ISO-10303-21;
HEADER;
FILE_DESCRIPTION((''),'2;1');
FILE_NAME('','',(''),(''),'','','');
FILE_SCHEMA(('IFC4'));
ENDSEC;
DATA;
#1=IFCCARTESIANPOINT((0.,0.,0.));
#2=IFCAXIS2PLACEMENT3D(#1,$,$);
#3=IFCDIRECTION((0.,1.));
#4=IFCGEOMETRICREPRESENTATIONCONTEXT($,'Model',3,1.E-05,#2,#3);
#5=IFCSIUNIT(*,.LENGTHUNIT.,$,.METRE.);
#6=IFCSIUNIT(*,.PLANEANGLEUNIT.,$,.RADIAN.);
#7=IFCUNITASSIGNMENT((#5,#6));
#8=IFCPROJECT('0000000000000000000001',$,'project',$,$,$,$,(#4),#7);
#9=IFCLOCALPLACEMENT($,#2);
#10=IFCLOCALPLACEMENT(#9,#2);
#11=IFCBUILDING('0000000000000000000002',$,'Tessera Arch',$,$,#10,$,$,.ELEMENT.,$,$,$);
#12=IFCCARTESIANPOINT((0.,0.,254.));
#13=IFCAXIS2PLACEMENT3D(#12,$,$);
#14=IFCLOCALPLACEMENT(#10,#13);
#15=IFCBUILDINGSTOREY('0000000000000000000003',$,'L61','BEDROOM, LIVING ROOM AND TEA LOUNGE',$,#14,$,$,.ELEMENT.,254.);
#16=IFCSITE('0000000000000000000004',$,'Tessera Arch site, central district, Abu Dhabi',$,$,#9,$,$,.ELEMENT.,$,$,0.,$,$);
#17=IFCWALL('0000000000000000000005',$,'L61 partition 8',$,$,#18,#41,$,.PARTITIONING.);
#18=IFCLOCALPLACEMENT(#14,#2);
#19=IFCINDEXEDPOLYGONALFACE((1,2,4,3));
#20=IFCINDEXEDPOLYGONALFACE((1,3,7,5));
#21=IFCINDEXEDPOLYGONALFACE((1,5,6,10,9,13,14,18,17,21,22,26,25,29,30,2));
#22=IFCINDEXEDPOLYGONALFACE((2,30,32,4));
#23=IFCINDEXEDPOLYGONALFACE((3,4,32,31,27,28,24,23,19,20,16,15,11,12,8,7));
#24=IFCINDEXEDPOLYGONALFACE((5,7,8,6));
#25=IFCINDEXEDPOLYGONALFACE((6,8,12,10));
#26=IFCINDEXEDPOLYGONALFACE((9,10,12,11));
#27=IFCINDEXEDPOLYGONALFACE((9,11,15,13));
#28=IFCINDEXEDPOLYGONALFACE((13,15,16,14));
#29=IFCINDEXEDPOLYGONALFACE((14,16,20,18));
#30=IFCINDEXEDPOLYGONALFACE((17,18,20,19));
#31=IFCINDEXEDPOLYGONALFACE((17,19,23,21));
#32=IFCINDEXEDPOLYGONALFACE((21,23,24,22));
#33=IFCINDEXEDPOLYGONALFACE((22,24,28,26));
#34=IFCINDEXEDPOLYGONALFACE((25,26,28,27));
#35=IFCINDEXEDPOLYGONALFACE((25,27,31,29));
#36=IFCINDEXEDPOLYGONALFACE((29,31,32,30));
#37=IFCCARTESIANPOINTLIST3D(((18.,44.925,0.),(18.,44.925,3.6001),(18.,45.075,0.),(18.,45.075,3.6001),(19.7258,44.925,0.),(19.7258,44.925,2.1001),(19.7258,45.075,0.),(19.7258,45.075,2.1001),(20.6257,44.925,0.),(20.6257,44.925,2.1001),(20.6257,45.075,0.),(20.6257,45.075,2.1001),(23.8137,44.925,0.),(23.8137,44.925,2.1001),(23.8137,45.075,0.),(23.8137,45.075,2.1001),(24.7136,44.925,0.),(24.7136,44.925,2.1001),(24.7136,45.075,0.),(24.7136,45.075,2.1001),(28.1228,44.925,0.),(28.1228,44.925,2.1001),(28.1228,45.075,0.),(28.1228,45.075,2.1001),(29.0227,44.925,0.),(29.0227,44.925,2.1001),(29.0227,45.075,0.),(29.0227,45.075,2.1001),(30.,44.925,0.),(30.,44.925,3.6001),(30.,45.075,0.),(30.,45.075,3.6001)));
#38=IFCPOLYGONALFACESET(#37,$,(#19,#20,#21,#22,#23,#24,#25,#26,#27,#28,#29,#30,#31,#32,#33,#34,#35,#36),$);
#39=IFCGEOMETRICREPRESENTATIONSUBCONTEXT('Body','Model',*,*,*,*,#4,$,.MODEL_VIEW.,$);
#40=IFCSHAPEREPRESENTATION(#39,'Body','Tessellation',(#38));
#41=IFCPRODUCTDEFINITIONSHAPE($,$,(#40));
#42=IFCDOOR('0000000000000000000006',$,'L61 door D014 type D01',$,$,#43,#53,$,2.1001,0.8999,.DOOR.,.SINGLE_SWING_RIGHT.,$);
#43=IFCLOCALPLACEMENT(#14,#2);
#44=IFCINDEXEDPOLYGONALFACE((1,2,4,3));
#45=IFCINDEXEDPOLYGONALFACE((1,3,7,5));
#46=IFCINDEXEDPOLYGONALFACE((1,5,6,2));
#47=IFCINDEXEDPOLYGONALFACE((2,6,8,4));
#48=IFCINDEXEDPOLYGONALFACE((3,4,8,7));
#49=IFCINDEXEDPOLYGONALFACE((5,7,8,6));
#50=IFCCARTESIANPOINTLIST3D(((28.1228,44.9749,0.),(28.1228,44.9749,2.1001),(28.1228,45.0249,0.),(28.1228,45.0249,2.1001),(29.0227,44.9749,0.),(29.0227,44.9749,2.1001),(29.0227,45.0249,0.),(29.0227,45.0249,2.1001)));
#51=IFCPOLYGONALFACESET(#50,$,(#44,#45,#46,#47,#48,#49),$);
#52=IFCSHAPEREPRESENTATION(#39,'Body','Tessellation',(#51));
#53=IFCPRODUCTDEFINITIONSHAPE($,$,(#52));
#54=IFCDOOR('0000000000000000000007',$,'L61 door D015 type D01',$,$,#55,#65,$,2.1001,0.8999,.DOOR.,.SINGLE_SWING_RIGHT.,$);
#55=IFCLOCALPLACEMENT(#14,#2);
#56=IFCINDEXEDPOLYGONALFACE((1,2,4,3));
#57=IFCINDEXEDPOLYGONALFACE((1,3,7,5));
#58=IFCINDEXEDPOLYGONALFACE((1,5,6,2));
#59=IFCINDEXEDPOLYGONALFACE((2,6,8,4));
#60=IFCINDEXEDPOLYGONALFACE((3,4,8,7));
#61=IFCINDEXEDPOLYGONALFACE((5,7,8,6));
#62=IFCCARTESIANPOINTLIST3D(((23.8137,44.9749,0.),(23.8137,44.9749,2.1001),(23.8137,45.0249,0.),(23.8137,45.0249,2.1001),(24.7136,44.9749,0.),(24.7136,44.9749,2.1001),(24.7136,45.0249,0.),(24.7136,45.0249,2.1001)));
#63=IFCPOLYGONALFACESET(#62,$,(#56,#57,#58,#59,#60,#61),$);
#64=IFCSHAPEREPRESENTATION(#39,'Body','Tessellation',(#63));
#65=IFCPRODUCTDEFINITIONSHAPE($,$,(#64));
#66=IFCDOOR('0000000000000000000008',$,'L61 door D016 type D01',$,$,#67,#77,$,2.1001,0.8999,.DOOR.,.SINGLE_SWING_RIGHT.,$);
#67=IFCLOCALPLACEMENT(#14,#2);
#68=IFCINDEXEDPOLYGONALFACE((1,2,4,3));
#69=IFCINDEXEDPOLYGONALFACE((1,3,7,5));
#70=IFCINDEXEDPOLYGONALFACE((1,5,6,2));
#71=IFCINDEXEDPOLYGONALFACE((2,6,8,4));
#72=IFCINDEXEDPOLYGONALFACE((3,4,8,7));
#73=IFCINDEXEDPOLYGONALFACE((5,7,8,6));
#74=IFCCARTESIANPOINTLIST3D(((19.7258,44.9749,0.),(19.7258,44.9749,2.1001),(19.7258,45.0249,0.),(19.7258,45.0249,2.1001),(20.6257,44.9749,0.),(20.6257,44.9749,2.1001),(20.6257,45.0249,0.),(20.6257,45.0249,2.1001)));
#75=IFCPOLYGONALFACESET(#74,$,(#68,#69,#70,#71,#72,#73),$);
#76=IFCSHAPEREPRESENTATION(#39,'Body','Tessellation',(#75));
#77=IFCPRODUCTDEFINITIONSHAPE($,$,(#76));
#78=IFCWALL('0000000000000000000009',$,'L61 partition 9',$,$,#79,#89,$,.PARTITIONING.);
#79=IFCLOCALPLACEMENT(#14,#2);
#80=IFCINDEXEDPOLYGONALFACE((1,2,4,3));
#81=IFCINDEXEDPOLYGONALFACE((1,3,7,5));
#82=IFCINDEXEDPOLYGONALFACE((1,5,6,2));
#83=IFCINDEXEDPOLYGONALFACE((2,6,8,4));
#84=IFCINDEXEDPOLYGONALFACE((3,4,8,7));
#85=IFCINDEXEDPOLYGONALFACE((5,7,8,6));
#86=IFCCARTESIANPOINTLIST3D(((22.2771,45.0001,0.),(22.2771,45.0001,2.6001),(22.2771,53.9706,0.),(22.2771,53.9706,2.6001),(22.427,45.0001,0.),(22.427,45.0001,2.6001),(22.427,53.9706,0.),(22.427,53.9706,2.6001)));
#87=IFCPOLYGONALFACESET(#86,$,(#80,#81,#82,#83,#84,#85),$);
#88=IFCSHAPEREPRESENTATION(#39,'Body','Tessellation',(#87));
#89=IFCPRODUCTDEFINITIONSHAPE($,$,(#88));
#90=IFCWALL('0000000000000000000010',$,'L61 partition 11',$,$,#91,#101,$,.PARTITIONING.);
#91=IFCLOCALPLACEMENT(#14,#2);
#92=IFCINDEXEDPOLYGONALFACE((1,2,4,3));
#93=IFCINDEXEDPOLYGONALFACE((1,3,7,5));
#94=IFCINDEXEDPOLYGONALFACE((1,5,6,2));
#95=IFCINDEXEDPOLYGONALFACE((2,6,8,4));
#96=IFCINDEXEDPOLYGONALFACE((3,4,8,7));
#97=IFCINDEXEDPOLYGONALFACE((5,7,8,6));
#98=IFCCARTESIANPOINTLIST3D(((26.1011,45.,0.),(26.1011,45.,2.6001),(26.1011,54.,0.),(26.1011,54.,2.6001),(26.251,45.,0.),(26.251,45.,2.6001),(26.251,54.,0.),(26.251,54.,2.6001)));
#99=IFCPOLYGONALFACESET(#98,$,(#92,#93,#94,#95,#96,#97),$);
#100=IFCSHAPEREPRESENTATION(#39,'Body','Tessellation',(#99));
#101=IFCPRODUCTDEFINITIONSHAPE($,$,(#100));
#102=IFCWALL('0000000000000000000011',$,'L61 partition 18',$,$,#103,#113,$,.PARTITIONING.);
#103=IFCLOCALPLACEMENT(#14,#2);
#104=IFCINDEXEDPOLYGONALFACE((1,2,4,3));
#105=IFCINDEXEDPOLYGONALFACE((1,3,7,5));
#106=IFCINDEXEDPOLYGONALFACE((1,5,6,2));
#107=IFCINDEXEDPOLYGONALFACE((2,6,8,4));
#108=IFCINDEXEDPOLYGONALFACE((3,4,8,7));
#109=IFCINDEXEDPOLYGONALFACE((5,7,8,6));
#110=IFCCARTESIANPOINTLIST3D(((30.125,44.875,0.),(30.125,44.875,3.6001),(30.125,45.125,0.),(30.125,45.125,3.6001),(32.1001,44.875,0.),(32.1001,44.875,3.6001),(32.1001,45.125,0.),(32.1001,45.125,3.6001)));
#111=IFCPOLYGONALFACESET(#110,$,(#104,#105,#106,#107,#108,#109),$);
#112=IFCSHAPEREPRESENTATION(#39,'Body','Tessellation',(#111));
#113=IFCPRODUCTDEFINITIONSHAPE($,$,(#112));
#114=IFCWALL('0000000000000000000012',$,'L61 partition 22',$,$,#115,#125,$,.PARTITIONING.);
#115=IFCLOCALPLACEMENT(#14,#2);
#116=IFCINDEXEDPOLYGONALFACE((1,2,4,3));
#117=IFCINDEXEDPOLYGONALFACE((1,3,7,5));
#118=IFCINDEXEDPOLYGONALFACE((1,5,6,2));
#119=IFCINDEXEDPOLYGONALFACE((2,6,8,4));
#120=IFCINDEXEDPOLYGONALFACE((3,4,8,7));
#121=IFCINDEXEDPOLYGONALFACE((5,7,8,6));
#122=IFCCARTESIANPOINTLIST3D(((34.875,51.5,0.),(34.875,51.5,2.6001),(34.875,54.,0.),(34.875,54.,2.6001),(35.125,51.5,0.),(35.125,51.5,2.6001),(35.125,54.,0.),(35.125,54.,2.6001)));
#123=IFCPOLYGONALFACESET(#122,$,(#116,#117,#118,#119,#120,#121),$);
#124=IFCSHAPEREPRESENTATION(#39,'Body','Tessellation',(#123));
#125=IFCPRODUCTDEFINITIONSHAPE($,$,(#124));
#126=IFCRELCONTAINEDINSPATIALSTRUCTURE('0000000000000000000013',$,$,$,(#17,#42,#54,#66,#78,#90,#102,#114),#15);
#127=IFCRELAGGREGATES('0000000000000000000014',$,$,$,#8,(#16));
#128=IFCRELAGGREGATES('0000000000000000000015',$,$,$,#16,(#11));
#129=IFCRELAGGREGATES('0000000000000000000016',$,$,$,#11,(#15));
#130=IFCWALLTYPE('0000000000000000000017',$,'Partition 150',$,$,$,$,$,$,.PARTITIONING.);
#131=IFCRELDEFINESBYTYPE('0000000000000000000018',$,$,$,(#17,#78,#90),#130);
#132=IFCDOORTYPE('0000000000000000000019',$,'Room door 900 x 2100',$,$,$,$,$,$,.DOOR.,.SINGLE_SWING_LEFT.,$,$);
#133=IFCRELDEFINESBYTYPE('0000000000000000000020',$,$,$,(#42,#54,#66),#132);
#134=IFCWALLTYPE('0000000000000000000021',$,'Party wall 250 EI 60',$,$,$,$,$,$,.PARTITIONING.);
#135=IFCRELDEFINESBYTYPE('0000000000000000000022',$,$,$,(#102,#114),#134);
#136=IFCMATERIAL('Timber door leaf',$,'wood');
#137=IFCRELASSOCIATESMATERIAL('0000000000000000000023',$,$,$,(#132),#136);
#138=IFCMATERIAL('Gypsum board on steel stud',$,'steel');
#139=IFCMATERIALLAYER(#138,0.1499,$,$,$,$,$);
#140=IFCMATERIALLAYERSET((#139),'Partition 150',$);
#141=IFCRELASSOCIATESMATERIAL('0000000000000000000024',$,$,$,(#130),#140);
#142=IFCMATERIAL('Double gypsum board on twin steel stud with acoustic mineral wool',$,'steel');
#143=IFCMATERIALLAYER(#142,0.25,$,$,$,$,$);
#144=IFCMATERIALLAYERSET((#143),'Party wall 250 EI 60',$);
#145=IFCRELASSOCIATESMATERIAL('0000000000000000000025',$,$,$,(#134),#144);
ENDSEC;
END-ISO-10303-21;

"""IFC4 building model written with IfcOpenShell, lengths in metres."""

from ifc_helpers import new_model, si_unit, direction, frame, frame_2d, origin, place, context, subcontext, project, spatial, rectangle, extrude, material, layer, layer_set, type_object, element, fill, save


model = new_model("IFC4")

# Units and contexts
model_context = context("Model", 3, precision=1e-05, world=origin(), true_north=direction((0.0, 1.0)))
body_context = subcontext(model_context, "Body", "Model", "MODEL_VIEW")
ifc_project = project(units=[si_unit("LENGTHUNIT", "METRE"), si_unit("PLANEANGLEUNIT", "RADIAN")], contexts=[model_context])

# Site, building, storey
site_placement = place(None, origin())
site = spatial("IfcSite", under=ifc_project, at=site_placement, Name="Tessera Arch site, central district, Abu Dhabi", CompositionType="ELEMENT", RefElevation=0.0)
building_placement = place(site_placement, origin())
building = spatial("IfcBuilding", under=site, at=building_placement, Name="Tessera Arch", CompositionType="ELEMENT")
storey_placement = place(building_placement, frame((0.0, 0.0, 254.0)))
storey = spatial("IfcBuildingStorey", under=building, at=storey_placement, Name="L61", Description="BEDROOM, LIVING ROOM AND TEA LOUNGE", CompositionType="ELEMENT", Elevation=254.0)

# Shared definitions
ifc_material_1 = material(Name="Timber door leaf", Category="wood")
door_type_1 = type_object("IfcDoorType", Name="Room door 900 x 2100", OperationType="SINGLE_SWING_LEFT", PredefinedType="DOOR", material=ifc_material_1)

# Wall, openings, doors
ifc_material_2 = material(Name="Gypsum board on steel stud", Category="steel")
ifc_layer_1 = layer(ifc_material_2, 0.1499)
ifc_layer_set_1 = layer_set([ifc_layer_1], Name="Partition 150")
wall_type_1 = type_object("IfcWallType", Name="Partition 150", PredefinedType="PARTITIONING", material=ifc_layer_set_1)
wall_1_placement = place(storey_placement, frame((18.0, 45.0, 0.0), z_axis=(0.0, 0.0, 1.0), x_axis=(1.0, 0.0, 0.0)))
wall_1 = element("IfcWall", 1, at=wall_1_placement, inside=storey, type_object=wall_type_1, Name="L61 partition 8", PredefinedType="PARTITIONING", context=body_context, shape_type="SweptSolid", body=[
    extrude(rectangle(XDim=12.0, YDim=0.1499, at=frame_2d((6.0, 0.0))), origin(), (0.0, 0.0, 1.0), 3.6001),
])
opening_1_placement = place(wall_1_placement, frame((10.1228, 0.0, 0.0)))
opening_1 = element("IfcOpeningElement", 2, at=opening_1_placement, cuts=wall_1, PredefinedType="OPENING", context=body_context, shape_type="SweptSolid", body=[
    extrude(rectangle(XDim=0.8999, YDim=2.1001, at=frame_2d((0.45, 1.05))), frame((0.0, 0.085, 0.0), z_axis=(0.0, -1.0, 0.0), x_axis=(1.0, 0.0, 0.0)), (0.0, 0.0, 1.0), 0.1699),
])
opening_2_placement = place(wall_1_placement, frame((5.8137, 0.0, 0.0)))
opening_2 = element("IfcOpeningElement", 3, at=opening_2_placement, cuts=wall_1, PredefinedType="OPENING", context=body_context, shape_type="SweptSolid", body=[
    extrude(rectangle(XDim=0.8999, YDim=2.1001, at=frame_2d((0.45, 1.05))), frame((0.0, 0.085, 0.0), z_axis=(0.0, -1.0, 0.0), x_axis=(1.0, 0.0, 0.0)), (0.0, 0.0, 1.0), 0.1699),
])
opening_3_placement = place(wall_1_placement, frame((1.7258, 0.0, 0.0)))
opening_3 = element("IfcOpeningElement", 4, at=opening_3_placement, cuts=wall_1, PredefinedType="OPENING", context=body_context, shape_type="SweptSolid", body=[
    extrude(rectangle(XDim=0.8999, YDim=2.1001, at=frame_2d((0.45, 1.05))), frame((0.0, 0.085, 0.0), z_axis=(0.0, -1.0, 0.0), x_axis=(1.0, 0.0, 0.0)), (0.0, 0.0, 1.0), 0.1699),
])
door_1_placement = place(opening_1_placement, origin())
door_1 = element("IfcDoor", 5, at=door_1_placement, inside=storey, type_object=door_type_1, Name="L61 door D014 type D01", OperationType="SINGLE_SWING_RIGHT", OverallHeight=2.1001, OverallWidth=0.8999, PredefinedType="DOOR", context=body_context, shape_type="SweptSolid", body=[
    extrude(rectangle(XDim=0.8999, YDim=2.1001, at=frame_2d((0.45, 1.05))), frame((0.0, 0.0249, 0.0), z_axis=(0.0, -1.0, 0.0), x_axis=(1.0, 0.0, 0.0)), (0.0, 0.0, 1.0), 0.05),
])
fill(opening_1, door_1)
door_2_placement = place(opening_2_placement, origin())
door_2 = element("IfcDoor", 6, at=door_2_placement, inside=storey, type_object=door_type_1, Name="L61 door D015 type D01", OperationType="SINGLE_SWING_RIGHT", OverallHeight=2.1001, OverallWidth=0.8999, PredefinedType="DOOR", context=body_context, shape_type="SweptSolid", body=[
    extrude(rectangle(XDim=0.8999, YDim=2.1001, at=frame_2d((0.45, 1.05))), frame((0.0, 0.0249, 0.0), z_axis=(0.0, -1.0, 0.0), x_axis=(1.0, 0.0, 0.0)), (0.0, 0.0, 1.0), 0.05),
])
fill(opening_2, door_2)
door_3_placement = place(opening_3_placement, origin())
door_3 = element("IfcDoor", 7, at=door_3_placement, inside=storey, type_object=door_type_1, Name="L61 door D016 type D01", OperationType="SINGLE_SWING_RIGHT", OverallHeight=2.1001, OverallWidth=0.8999, PredefinedType="DOOR", context=body_context, shape_type="SweptSolid", body=[
    extrude(rectangle(XDim=0.8999, YDim=2.1001, at=frame_2d((0.45, 1.05))), frame((0.0, 0.0249, 0.0), z_axis=(0.0, -1.0, 0.0), x_axis=(1.0, 0.0, 0.0)), (0.0, 0.0, 1.0), 0.05),
])
fill(opening_3, door_3)

# Walls
wall_2_placement = place(storey_placement, frame((22.3521, 45.0, 0.0), z_axis=(0.0, 0.0, 1.0), x_axis=(0.0, 1.0, 0.0)))
element("IfcWall", 8, at=wall_2_placement, inside=storey, type_object=wall_type_1, Name="L61 partition 9", PredefinedType="PARTITIONING", context=body_context, shape_type="SweptSolid", body=[
    extrude(rectangle(XDim=8.9705, YDim=0.1499, at=frame_2d((4.4854, 0.0))), origin(), (0.0, 0.0, 1.0), 2.6001),
])
wall_3_placement = place(storey_placement, frame((26.176, 45.0, 0.0), z_axis=(0.0, 0.0, 1.0), x_axis=(0.0, 1.0, 0.0)))
element("IfcWall", 9, at=wall_3_placement, inside=storey, type_object=wall_type_1, Name="L61 partition 11", PredefinedType="PARTITIONING", context=body_context, shape_type="SweptSolid", body=[
    extrude(rectangle(XDim=9.0, YDim=0.1499, at=frame_2d((4.5, 0.0))), origin(), (0.0, 0.0, 1.0), 2.6001),
])
ifc_material_3 = material(Name="Double gypsum board on twin steel stud with acoustic mineral wool", Category="steel")
ifc_layer_2 = layer(ifc_material_3, 0.25)
ifc_layer_set_2 = layer_set([ifc_layer_2], Name="Party wall 250 EI 60")
wall_type_2 = type_object("IfcWallType", Name="Party wall 250 EI 60", PredefinedType="PARTITIONING", material=ifc_layer_set_2)
wall_4_placement = place(storey_placement, frame((30.125, 45.0, 0.0), z_axis=(0.0, 0.0, 1.0), x_axis=(1.0, 0.0, 0.0)))
element("IfcWall", 10, at=wall_4_placement, inside=storey, type_object=wall_type_2, Name="L61 partition 18", PredefinedType="PARTITIONING", context=body_context, shape_type="SweptSolid", body=[
    extrude(rectangle(XDim=1.9751, YDim=0.25, at=frame_2d((0.9875, 0.0))), origin(), (0.0, 0.0, 1.0), 3.6001),
])
wall_5_placement = place(storey_placement, frame((35.0, 51.5, 0.0), z_axis=(0.0, 0.0, 1.0), x_axis=(0.0, 1.0, 0.0)))
element("IfcWall", 11, at=wall_5_placement, inside=storey, type_object=wall_type_2, Name="L61 partition 22", PredefinedType="PARTITIONING", context=body_context, shape_type="SweptSolid", body=[
    extrude(rectangle(XDim=2.5, YDim=0.25, at=frame_2d((1.25, 0.0))), origin(), (0.0, 0.0, 1.0), 2.6001),
])

save(model, "model.ifc")
